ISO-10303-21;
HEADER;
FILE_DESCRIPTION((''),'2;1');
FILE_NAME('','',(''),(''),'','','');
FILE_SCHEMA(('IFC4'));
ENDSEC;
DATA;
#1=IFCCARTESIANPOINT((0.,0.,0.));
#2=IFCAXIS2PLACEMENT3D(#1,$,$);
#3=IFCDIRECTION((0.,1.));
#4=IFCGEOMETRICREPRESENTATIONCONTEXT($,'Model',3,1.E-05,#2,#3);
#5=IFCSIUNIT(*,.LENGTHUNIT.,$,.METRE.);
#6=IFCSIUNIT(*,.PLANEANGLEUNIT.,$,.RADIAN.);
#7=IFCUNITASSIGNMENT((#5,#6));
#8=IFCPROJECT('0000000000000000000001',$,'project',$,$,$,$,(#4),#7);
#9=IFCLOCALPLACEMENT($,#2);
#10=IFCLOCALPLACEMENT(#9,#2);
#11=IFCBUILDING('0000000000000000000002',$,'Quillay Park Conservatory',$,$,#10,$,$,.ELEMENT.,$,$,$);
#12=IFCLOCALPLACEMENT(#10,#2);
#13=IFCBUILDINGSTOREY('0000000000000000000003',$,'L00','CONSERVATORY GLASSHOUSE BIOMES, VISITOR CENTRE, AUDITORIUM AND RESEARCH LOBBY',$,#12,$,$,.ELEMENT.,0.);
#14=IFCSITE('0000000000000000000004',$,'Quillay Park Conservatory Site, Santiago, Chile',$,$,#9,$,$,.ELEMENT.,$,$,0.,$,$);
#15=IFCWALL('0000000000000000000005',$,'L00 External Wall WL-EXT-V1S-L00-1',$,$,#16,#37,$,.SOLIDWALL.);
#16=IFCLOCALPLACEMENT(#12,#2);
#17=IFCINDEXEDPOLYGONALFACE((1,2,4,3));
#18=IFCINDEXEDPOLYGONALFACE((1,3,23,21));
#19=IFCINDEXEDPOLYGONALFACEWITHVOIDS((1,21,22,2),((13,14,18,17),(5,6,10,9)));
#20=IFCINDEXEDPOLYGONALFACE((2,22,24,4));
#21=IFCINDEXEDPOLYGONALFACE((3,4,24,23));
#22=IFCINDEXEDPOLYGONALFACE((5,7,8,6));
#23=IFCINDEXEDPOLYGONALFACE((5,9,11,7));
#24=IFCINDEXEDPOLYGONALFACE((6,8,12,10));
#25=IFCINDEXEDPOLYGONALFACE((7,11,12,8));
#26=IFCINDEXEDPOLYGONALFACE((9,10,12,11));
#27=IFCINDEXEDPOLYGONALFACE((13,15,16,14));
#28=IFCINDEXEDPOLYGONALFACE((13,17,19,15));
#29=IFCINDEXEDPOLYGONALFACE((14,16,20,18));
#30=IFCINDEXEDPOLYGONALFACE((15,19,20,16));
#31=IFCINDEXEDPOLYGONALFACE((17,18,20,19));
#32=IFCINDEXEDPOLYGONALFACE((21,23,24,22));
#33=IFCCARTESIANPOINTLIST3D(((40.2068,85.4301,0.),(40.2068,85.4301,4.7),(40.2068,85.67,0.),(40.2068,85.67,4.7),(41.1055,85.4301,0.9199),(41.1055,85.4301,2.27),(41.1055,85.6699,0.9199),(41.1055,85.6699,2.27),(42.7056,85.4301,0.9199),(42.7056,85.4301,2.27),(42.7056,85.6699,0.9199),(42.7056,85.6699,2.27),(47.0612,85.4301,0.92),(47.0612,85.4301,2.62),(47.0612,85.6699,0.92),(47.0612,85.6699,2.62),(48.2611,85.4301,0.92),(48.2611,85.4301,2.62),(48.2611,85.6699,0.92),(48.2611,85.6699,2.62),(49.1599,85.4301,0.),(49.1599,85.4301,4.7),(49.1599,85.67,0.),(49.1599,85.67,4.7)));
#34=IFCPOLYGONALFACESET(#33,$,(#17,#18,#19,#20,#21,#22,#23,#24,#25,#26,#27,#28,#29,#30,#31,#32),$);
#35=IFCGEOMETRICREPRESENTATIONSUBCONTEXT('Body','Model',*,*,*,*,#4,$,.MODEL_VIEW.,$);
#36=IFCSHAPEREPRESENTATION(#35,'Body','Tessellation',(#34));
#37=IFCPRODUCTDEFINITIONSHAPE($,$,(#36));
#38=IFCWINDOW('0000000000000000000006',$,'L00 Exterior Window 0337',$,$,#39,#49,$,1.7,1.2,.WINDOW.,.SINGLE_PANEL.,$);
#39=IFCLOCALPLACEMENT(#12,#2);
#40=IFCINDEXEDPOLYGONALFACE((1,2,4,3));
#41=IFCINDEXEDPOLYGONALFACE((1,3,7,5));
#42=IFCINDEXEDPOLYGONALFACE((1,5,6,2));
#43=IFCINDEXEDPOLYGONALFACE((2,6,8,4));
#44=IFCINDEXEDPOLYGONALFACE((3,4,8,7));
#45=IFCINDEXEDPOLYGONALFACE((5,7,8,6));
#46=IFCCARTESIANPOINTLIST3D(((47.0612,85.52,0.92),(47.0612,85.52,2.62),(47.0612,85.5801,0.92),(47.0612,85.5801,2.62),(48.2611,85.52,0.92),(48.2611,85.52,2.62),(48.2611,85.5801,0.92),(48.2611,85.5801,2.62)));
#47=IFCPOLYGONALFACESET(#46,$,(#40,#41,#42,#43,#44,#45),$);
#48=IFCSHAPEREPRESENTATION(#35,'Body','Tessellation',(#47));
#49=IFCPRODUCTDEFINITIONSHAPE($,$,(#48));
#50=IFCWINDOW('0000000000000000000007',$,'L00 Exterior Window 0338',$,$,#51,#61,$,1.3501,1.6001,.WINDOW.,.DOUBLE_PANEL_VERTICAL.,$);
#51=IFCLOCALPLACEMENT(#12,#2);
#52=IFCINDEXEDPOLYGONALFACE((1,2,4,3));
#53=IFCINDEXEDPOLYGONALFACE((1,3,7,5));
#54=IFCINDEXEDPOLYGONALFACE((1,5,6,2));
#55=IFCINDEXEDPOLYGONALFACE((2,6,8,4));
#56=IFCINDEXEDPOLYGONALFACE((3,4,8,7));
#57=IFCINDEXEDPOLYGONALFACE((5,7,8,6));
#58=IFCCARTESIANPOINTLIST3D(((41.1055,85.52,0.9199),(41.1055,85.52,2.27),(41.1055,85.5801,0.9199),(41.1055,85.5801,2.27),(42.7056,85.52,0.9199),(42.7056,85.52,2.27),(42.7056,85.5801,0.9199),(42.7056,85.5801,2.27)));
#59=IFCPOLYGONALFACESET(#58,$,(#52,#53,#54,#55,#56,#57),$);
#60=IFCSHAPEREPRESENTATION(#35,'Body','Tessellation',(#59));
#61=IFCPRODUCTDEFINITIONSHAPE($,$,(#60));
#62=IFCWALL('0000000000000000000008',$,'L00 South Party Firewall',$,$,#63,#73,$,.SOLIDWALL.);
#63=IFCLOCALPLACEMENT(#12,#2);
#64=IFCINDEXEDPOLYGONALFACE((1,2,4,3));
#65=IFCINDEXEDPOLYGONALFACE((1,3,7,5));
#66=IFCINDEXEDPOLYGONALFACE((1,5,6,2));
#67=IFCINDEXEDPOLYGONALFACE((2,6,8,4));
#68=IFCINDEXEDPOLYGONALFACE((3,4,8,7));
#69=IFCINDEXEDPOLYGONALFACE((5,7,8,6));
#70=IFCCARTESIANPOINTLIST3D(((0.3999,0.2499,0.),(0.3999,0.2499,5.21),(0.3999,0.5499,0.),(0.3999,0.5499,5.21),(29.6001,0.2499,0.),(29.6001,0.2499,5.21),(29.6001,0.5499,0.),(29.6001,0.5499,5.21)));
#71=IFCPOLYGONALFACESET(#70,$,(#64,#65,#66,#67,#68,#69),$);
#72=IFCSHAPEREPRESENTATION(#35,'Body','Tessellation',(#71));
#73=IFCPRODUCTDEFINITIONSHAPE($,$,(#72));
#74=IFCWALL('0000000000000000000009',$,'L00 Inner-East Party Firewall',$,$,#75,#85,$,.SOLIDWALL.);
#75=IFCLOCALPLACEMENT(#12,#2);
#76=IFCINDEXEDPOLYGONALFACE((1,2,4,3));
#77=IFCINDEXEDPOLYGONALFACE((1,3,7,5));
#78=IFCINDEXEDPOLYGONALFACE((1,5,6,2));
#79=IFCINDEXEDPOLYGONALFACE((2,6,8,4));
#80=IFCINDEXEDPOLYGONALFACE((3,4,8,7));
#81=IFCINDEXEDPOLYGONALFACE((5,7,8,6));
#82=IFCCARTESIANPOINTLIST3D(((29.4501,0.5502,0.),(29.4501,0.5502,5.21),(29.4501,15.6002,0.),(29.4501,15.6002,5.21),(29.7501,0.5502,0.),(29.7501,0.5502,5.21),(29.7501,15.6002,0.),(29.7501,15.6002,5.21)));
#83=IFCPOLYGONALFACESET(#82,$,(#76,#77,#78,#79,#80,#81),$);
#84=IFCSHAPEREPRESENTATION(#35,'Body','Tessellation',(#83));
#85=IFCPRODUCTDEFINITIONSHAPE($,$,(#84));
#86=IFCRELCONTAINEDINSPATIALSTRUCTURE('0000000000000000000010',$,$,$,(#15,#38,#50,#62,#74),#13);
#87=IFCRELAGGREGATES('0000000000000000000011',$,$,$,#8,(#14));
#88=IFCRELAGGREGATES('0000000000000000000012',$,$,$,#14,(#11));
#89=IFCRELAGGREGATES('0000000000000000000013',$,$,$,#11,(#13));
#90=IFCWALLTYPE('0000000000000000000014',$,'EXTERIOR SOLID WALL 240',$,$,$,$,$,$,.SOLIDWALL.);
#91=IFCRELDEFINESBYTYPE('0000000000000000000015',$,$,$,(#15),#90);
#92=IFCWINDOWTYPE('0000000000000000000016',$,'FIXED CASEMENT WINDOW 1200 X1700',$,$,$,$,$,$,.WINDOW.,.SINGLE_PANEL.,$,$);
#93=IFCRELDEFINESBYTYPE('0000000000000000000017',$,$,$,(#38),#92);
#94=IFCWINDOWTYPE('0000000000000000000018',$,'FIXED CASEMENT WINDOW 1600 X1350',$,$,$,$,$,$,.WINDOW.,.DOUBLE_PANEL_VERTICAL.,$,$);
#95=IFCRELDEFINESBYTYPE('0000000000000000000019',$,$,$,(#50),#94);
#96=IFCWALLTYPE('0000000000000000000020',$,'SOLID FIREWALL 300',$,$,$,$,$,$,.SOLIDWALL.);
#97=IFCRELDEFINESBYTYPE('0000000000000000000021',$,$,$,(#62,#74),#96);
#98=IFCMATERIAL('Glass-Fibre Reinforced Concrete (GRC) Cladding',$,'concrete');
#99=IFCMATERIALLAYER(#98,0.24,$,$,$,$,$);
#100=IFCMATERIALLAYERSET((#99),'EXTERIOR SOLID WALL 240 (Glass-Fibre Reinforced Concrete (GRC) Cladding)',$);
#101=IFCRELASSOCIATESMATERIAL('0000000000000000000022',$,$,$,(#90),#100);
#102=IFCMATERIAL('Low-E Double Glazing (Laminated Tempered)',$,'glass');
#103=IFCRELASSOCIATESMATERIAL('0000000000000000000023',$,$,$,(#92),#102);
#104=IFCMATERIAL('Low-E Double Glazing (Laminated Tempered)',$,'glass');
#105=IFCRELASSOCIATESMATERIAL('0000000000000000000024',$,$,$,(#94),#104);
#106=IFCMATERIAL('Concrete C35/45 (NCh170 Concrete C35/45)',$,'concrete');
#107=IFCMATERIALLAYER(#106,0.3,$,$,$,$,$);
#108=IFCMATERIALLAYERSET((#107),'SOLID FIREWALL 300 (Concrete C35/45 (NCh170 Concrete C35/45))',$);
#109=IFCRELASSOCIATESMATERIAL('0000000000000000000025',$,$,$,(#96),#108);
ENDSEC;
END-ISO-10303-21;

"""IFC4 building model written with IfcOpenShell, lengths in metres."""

from ifc_helpers import new_model, si_unit, direction, frame, frame_2d, origin, place, context, subcontext, project, spatial, rectangle, extrude, material, layer, layer_set, type_object, element, fill, save


model = new_model("IFC4")

# Units and contexts
model_context = context("Model", 3, precision=1e-05, world=origin(), true_north=direction((0.0, 1.0)))
body_context = subcontext(model_context, "Body", "Model", "MODEL_VIEW")
ifc_project = project(units=[si_unit("LENGTHUNIT", "METRE"), si_unit("PLANEANGLEUNIT", "RADIAN")], contexts=[model_context])

# Site, building, storey
site_placement = place(None, origin())
site = spatial("IfcSite", under=ifc_project, at=site_placement, Name="Quillay Park Conservatory Site, Santiago, Chile", CompositionType="ELEMENT", RefElevation=0.0)
building_placement = place(site_placement, origin())
building = spatial("IfcBuilding", under=site, at=building_placement, Name="Quillay Park Conservatory", CompositionType="ELEMENT")
storey_placement = place(building_placement, origin())
storey = spatial("IfcBuildingStorey", under=building, at=storey_placement, Name="L00", Description="CONSERVATORY GLASSHOUSE BIOMES, VISITOR CENTRE, AUDITORIUM AND RESEARCH LOBBY", CompositionType="ELEMENT", Elevation=0.0)

# Wall, openings, windows
ifc_material_1 = material(Name="Glass-Fibre Reinforced Concrete (GRC) Cladding", Category="concrete")
ifc_layer_1 = layer(ifc_material_1, 0.24)
ifc_layer_set_1 = layer_set([ifc_layer_1], Name="EXTERIOR SOLID WALL 240 (Glass-Fibre Reinforced Concrete (GRC) Cladding)")
wall_type_1 = type_object("IfcWallType", Name="EXTERIOR SOLID WALL 240", PredefinedType="SOLIDWALL", material=ifc_layer_set_1)
wall_1_placement = place(storey_placement, frame((49.1599, 85.55, 0.0), z_axis=(0.0, 0.0, 1.0), x_axis=(-1.0, 0.0, 0.0)))
wall_1 = element("IfcWall", 1, at=wall_1_placement, inside=storey, type_object=wall_type_1, Name="L00 External Wall WL-EXT-V1S-L00-1", PredefinedType="SOLIDWALL", context=body_context, shape_type="SweptSolid", body=[
    extrude(rectangle(XDim=8.9531, YDim=0.24, at=frame_2d((4.4766, 0.0))), origin(), (0.0, 0.0, 1.0), 4.7),
])
opening_1_placement = place(wall_1_placement, frame((0.8987, 0.0, 0.9199)))
opening_1 = element("IfcOpeningElement", 2, at=opening_1_placement, cuts=wall_1, PredefinedType="OPENING", context=body_context, shape_type="SweptSolid", body=[
    extrude(rectangle(XDim=1.2, YDim=1.7, at=frame_2d((0.6001, 0.8501))), frame((0.0, 0.1201, 0.0), z_axis=(0.0, -1.0, 0.0), x_axis=(1.0, 0.0, 0.0)), (0.0, 0.0, 1.0), 0.24),
])
opening_2_placement = place(wall_1_placement, frame((6.4543, 0.0, 0.9199)))
opening_2 = element("IfcOpeningElement", 3, at=opening_2_placement, cuts=wall_1, PredefinedType="OPENING", context=body_context, shape_type="SweptSolid", body=[
    extrude(rectangle(XDim=1.6001, YDim=1.3501, at=frame_2d((0.8, 0.675))), frame((0.0, 0.1201, 0.0), z_axis=(0.0, -1.0, 0.0), x_axis=(1.0, 0.0, 0.0)), (0.0, 0.0, 1.0), 0.24),
])
ifc_material_2 = material(Name="Low-E Double Glazing (Laminated Tempered)", Category="glass")
window_type_1 = type_object("IfcWindowType", Name="FIXED CASEMENT WINDOW 1200 X1700", PartitioningType="SINGLE_PANEL", PredefinedType="WINDOW", material=ifc_material_2)
window_1_placement = place(opening_1_placement, origin())
window_1 = element("IfcWindow", 4, at=window_1_placement, inside=storey, type_object=window_type_1, Name="L00 Exterior Window 0337", OverallHeight=1.7, OverallWidth=1.2, PartitioningType="SINGLE_PANEL", PredefinedType="WINDOW", context=body_context, shape_type="SweptSolid", body=[
    extrude(rectangle(XDim=1.2, YDim=1.7, at=frame_2d((0.6001, 0.8501))), frame((0.0, 0.03, 0.0), z_axis=(0.0, -1.0, 0.0), x_axis=(1.0, 0.0, 0.0)), (0.0, 0.0, 1.0), 0.0601),
])
fill(opening_1, window_1)
ifc_material_3 = material(Name="Low-E Double Glazing (Laminated Tempered)", Category="glass")
window_type_2 = type_object("IfcWindowType", Name="FIXED CASEMENT WINDOW 1600 X1350", PartitioningType="DOUBLE_PANEL_VERTICAL", PredefinedType="WINDOW", material=ifc_material_3)
window_2_placement = place(opening_2_placement, origin())
window_2 = element("IfcWindow", 5, at=window_2_placement, inside=storey, type_object=window_type_2, Name="L00 Exterior Window 0338", OverallHeight=1.3501, OverallWidth=1.6001, PartitioningType="DOUBLE_PANEL_VERTICAL", PredefinedType="WINDOW", context=body_context, shape_type="SweptSolid", body=[
    extrude(rectangle(XDim=1.6001, YDim=1.3501, at=frame_2d((0.8, 0.675))), frame((0.0, 0.03, 0.0), z_axis=(0.0, -1.0, 0.0), x_axis=(1.0, 0.0, 0.0)), (0.0, 0.0, 1.0), 0.0601),
])
fill(opening_2, window_2)

# Walls
ifc_material_4 = material(Name="Concrete C35/45 (NCh170 Concrete C35/45)", Category="concrete")
ifc_layer_2 = layer(ifc_material_4, 0.3)
ifc_layer_set_2 = layer_set([ifc_layer_2], Name="SOLID FIREWALL 300 (Concrete C35/45 (NCh170 Concrete C35/45))")
wall_type_2 = type_object("IfcWallType", Name="SOLID FIREWALL 300", PredefinedType="SOLIDWALL", material=ifc_layer_set_2)
wall_2_placement = place(storey_placement, frame((29.6001, 0.3999, 0.0), z_axis=(0.0, 0.0, 1.0), x_axis=(-1.0, 0.0, 0.0)))
element("IfcWall", 6, at=wall_2_placement, inside=storey, type_object=wall_type_2, Name="L00 South Party Firewall", PredefinedType="SOLIDWALL", context=body_context, shape_type="SweptSolid", body=[
    extrude(rectangle(XDim=29.2002, YDim=0.3, at=frame_2d((14.6001, 0.0))), origin(), (0.0, 0.0, 1.0), 5.21),
])
wall_3_placement = place(storey_placement, frame((29.6001, 15.6001, 0.0), z_axis=(0.0, 0.0, 1.0), x_axis=(0.0, -1.0, 0.0)))
element("IfcWall", 7, at=wall_3_placement, inside=storey, type_object=wall_type_2, Name="L00 Inner-East Party Firewall", PredefinedType="SOLIDWALL", context=body_context, shape_type="SweptSolid", body=[
    extrude(rectangle(XDim=15.05, YDim=0.3, at=frame_2d((7.5249, 0.0))), origin(), (0.0, 0.0, 1.0), 5.21),
])

save(model, "model.ifc")
